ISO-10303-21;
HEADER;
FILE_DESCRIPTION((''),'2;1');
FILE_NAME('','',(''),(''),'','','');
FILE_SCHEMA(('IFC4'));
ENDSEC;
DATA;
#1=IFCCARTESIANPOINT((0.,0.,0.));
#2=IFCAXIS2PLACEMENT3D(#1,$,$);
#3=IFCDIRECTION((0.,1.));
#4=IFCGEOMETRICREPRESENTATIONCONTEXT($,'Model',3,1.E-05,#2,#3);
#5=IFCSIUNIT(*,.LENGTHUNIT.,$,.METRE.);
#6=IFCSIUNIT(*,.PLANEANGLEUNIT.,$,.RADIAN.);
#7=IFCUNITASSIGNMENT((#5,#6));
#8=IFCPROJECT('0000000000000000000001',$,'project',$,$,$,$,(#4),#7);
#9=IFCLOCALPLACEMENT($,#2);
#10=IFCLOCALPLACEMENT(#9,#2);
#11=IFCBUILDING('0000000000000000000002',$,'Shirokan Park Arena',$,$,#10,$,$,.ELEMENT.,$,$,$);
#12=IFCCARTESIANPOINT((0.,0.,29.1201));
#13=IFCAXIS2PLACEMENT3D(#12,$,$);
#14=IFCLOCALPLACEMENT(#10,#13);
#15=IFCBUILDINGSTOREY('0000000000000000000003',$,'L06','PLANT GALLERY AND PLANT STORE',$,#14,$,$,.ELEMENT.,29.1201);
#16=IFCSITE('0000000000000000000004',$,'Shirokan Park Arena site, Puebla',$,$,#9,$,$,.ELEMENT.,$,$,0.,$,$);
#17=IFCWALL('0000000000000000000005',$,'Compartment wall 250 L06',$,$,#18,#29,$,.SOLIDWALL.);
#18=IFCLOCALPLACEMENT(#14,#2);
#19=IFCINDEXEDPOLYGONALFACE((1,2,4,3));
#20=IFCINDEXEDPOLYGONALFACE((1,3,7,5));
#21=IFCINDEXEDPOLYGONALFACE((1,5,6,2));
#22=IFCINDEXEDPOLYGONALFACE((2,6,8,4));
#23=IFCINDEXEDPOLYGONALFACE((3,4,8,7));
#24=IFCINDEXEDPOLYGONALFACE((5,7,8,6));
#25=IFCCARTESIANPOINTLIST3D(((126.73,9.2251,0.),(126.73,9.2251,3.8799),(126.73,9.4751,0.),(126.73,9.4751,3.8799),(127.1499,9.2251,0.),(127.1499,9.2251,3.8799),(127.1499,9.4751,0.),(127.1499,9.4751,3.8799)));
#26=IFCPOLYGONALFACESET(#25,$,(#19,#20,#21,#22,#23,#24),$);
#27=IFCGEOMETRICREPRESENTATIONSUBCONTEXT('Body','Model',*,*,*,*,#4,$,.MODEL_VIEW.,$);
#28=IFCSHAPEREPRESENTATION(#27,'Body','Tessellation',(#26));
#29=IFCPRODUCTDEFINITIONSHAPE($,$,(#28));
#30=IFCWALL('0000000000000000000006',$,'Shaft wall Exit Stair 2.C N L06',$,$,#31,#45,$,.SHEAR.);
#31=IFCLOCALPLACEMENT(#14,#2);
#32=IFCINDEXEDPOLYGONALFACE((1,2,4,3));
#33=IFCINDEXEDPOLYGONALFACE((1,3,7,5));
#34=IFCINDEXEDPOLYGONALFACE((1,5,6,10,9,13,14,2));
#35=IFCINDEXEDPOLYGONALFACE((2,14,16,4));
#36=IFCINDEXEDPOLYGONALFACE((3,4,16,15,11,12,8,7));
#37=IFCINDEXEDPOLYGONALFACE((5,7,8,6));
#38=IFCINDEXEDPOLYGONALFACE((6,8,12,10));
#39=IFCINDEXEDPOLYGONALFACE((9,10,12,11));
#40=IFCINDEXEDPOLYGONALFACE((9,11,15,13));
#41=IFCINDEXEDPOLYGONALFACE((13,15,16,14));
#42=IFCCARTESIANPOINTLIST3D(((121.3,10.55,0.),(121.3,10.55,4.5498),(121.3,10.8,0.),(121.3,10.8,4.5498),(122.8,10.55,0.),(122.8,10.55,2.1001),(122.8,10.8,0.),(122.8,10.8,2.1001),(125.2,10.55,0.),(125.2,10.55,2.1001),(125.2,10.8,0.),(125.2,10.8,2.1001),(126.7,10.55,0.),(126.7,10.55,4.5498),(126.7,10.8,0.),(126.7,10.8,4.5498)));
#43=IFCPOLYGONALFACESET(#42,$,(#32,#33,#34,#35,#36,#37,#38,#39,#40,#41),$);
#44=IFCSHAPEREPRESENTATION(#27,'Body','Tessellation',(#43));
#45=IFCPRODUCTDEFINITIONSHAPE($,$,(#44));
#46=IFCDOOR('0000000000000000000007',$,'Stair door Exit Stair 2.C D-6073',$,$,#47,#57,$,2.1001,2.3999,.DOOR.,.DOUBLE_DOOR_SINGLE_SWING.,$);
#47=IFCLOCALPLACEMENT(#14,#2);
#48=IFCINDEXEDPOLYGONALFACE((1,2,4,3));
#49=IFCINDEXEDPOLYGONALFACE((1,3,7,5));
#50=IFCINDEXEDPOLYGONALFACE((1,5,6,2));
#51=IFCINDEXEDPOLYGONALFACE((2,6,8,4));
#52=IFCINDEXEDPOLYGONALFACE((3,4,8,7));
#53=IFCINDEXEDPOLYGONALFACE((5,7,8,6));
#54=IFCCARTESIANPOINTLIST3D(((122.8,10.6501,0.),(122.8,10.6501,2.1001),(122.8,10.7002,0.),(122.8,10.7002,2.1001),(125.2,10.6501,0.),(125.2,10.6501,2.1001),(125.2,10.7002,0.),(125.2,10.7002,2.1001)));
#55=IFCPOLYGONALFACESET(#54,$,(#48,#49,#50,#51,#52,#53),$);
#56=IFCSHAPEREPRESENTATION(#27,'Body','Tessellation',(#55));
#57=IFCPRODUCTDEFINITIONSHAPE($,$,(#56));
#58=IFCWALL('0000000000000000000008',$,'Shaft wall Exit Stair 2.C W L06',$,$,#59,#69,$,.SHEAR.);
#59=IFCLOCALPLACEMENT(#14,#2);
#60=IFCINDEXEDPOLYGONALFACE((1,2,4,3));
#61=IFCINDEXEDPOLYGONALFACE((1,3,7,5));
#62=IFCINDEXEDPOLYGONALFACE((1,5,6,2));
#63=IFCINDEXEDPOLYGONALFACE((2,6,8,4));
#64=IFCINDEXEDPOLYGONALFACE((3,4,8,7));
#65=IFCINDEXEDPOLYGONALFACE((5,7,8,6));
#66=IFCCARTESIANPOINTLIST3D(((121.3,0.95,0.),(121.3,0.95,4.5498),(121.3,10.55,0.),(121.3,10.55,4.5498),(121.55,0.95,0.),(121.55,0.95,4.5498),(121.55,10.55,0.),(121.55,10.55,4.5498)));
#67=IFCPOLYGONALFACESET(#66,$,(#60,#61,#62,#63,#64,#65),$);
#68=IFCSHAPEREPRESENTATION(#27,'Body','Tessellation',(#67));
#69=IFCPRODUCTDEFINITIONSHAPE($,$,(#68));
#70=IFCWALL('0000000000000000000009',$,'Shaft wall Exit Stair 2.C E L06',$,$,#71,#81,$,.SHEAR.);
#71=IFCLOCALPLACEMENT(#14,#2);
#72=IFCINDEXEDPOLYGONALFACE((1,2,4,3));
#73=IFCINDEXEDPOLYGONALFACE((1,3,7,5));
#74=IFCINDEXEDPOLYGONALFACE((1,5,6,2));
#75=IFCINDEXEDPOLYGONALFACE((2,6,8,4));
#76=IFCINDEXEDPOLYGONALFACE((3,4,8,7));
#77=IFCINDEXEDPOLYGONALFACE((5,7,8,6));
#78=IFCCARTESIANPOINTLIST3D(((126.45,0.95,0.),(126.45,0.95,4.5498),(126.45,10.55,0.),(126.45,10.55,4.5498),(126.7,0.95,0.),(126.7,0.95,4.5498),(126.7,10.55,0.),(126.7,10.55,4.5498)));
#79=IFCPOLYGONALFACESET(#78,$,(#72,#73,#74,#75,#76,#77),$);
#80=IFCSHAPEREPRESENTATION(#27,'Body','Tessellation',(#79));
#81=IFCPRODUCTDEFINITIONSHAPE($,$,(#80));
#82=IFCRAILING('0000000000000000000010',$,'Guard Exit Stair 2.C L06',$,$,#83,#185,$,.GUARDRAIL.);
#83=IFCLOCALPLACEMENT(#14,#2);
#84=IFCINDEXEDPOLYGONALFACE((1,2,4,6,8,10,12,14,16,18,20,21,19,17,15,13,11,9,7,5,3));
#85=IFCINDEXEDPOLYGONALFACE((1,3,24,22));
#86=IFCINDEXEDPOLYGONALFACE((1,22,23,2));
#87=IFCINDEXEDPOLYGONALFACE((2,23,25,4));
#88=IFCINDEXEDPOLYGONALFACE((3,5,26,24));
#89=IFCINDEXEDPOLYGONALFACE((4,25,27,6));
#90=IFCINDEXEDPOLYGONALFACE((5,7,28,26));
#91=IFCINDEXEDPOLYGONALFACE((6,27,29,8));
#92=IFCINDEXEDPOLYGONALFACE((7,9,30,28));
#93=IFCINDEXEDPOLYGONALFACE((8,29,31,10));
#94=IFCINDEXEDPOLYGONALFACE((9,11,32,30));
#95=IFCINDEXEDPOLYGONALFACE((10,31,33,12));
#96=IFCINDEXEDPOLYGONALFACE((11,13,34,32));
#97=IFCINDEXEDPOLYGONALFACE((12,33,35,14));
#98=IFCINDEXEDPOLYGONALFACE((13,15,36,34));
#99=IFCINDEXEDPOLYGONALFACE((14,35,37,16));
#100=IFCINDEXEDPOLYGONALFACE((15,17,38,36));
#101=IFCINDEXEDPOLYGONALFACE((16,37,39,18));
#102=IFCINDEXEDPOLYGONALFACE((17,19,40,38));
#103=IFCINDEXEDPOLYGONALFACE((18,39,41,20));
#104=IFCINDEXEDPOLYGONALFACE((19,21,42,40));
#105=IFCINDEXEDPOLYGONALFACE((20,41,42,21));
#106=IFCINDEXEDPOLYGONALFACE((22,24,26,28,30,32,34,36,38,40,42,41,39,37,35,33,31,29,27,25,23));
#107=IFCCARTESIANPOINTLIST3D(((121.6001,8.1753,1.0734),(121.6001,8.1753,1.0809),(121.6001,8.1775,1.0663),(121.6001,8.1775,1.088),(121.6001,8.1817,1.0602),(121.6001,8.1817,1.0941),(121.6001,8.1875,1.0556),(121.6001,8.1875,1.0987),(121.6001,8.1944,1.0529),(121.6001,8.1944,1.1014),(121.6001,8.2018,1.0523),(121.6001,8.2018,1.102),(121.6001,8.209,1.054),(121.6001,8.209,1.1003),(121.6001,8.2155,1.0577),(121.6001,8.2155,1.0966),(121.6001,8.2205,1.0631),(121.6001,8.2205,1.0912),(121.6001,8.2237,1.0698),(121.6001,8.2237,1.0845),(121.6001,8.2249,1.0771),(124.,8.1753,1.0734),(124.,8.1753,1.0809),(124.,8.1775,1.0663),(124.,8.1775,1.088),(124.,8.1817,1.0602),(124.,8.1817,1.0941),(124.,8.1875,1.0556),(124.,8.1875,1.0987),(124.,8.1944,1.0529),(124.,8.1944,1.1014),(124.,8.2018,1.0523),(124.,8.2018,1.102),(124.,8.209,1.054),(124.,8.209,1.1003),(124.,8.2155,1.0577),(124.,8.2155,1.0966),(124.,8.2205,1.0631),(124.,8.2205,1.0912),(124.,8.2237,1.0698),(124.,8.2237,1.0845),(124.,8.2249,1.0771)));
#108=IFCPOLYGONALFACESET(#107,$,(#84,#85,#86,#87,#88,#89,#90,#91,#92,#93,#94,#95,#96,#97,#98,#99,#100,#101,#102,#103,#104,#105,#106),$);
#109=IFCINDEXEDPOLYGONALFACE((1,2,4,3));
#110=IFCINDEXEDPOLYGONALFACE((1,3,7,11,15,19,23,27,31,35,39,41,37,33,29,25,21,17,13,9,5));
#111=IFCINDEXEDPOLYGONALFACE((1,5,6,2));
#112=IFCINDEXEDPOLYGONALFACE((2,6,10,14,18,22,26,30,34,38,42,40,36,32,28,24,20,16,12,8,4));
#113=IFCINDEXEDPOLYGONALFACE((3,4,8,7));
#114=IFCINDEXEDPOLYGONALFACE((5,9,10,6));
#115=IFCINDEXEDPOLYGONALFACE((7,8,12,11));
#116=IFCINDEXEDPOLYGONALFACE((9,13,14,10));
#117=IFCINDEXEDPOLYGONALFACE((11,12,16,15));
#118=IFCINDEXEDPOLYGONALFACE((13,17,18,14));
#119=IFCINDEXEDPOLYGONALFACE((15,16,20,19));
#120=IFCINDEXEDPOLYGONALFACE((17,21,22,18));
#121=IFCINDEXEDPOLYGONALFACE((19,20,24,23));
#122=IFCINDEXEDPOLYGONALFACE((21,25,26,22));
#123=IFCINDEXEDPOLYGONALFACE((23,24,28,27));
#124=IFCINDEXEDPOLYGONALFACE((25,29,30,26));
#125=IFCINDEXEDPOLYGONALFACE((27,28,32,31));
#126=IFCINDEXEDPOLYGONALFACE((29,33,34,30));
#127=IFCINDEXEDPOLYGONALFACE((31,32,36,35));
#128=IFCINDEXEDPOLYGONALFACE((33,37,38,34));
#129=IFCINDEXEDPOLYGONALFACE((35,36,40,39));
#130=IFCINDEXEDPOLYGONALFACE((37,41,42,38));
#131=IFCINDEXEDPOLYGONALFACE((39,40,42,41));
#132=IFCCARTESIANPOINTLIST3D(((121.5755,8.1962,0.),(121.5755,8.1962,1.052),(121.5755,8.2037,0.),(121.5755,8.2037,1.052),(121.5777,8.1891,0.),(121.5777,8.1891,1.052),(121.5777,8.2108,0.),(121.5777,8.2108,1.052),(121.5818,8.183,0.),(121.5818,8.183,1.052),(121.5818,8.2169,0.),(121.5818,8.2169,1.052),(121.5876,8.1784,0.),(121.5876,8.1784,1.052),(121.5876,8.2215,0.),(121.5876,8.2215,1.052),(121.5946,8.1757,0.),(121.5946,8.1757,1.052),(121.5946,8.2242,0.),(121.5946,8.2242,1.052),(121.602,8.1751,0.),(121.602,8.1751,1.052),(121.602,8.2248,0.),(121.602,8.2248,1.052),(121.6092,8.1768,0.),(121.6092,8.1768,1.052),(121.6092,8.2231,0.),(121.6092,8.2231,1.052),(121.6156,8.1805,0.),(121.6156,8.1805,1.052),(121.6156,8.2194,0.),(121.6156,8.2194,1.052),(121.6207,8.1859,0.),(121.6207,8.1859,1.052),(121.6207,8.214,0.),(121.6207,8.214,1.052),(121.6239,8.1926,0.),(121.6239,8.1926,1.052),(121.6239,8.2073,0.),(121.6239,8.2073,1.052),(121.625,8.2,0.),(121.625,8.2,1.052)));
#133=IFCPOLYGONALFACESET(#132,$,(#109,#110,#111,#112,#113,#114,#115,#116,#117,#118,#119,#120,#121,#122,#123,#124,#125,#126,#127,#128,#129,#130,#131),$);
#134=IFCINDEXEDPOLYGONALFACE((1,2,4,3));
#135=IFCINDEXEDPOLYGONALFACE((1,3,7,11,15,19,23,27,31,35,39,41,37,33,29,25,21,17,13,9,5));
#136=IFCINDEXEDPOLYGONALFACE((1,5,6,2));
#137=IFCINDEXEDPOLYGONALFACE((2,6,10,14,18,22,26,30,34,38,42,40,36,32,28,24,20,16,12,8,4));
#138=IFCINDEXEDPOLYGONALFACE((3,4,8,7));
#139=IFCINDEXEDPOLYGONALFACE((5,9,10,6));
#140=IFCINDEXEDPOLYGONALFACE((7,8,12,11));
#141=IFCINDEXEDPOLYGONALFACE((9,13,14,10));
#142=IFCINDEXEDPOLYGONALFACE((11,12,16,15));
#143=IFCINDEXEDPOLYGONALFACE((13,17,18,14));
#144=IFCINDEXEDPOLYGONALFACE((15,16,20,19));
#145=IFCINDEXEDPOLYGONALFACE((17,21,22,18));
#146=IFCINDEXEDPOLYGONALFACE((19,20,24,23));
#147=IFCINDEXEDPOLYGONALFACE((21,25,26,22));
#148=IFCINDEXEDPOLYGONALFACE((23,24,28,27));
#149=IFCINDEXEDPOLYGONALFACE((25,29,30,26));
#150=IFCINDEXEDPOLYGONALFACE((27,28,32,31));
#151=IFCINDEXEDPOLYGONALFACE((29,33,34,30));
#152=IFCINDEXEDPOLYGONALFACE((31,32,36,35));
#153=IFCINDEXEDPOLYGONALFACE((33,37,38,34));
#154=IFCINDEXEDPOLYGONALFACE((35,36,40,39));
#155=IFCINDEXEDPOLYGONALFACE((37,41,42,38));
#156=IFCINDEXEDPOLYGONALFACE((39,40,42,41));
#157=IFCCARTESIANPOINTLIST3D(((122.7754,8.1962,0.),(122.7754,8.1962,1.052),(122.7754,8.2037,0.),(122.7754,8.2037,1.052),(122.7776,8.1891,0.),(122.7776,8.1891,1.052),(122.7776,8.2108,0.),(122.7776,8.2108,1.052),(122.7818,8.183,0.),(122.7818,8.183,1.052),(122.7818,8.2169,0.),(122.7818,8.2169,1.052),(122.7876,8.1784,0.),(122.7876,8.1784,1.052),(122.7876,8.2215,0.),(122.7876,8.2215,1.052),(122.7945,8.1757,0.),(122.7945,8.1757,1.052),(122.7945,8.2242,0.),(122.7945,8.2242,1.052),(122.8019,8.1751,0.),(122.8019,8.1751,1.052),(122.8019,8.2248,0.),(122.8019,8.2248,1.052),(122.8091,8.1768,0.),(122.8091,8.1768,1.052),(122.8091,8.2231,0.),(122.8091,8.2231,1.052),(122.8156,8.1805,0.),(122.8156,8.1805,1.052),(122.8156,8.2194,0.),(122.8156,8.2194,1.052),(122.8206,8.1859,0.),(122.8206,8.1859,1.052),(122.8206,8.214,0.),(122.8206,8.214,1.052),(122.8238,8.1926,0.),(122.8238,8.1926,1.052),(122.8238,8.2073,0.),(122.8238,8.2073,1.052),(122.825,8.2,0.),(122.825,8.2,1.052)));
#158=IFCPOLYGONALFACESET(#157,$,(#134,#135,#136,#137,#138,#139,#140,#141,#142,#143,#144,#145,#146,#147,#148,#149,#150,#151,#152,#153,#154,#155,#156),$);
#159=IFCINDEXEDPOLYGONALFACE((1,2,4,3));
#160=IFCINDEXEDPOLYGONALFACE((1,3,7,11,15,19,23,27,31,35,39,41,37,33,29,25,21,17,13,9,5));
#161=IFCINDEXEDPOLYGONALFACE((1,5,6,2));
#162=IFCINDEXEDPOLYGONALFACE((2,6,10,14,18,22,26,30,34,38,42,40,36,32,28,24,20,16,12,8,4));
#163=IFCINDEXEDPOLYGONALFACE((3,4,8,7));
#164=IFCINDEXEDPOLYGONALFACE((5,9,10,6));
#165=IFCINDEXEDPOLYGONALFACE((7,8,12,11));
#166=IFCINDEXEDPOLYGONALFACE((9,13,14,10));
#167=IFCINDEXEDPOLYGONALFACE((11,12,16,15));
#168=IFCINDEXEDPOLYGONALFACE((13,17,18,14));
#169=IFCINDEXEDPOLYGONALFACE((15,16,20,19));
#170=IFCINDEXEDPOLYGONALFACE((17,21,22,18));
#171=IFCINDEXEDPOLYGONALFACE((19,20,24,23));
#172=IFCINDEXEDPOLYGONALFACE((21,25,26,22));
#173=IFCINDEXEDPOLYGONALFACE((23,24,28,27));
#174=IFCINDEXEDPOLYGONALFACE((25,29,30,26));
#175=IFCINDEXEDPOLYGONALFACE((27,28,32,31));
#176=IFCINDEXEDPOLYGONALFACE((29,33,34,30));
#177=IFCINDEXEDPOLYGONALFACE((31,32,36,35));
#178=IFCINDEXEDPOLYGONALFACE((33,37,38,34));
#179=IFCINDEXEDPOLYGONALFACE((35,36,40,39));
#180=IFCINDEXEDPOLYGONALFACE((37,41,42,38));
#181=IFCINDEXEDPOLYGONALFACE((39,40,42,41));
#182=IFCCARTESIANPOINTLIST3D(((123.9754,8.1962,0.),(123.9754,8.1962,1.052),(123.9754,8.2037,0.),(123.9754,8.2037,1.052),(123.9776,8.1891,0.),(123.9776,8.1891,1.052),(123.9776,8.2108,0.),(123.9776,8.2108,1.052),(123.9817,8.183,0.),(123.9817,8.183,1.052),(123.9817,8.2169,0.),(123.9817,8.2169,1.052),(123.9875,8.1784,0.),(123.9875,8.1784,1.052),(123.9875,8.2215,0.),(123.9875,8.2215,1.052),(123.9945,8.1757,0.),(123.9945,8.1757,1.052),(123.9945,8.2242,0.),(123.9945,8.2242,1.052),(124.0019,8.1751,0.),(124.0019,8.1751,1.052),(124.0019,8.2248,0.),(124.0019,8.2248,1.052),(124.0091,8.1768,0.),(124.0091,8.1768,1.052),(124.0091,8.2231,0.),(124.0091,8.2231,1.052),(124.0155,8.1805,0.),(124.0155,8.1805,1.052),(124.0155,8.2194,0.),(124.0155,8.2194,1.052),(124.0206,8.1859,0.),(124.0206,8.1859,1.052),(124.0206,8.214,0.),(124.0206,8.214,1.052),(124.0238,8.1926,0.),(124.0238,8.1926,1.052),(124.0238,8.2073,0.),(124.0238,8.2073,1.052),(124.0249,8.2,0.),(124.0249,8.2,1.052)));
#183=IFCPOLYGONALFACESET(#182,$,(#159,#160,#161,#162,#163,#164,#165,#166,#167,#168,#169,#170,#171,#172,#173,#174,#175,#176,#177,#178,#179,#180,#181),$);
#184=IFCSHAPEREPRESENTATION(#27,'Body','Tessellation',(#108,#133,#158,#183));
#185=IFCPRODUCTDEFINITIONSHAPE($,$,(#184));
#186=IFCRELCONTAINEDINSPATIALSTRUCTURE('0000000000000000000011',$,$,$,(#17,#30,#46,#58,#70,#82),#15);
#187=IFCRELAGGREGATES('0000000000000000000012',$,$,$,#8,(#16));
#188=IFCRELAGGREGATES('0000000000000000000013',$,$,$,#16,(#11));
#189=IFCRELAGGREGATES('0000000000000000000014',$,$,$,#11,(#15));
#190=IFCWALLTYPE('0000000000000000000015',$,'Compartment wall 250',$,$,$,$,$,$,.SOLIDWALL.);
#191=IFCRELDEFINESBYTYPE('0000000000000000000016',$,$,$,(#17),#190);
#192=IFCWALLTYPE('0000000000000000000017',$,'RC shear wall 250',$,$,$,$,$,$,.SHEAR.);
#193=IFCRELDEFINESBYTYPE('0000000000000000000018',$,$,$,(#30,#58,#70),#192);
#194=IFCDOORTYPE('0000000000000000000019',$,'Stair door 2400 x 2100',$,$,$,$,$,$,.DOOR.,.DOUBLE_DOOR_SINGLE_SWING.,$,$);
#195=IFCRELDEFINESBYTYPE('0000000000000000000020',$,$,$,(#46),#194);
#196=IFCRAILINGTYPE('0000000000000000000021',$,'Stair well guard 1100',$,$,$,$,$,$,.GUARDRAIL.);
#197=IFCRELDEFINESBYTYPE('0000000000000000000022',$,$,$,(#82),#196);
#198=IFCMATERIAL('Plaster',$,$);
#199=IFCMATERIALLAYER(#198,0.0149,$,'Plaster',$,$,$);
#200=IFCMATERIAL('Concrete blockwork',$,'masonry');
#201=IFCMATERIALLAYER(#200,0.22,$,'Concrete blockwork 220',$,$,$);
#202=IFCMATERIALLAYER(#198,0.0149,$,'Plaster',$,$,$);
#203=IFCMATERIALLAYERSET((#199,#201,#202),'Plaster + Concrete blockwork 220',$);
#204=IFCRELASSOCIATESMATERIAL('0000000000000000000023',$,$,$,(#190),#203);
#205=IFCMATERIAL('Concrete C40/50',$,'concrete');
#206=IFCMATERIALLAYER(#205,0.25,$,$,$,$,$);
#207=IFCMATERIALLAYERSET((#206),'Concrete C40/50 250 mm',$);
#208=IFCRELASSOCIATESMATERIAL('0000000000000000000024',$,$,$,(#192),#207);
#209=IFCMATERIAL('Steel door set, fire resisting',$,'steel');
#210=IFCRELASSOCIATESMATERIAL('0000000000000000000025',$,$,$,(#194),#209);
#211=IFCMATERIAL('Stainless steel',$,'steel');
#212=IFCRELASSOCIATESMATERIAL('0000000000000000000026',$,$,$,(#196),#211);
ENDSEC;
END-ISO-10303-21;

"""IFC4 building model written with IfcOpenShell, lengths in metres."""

from ifc_helpers import new_model, si_unit, direction, frame, frame_2d, origin, origin_2d, place, context, subcontext, project, spatial, rectangle, circle, extrude, material, layer, layer_set, type_object, element, fill, save


model = new_model("IFC4")

# Units and contexts
model_context = context("Model", 3, precision=1e-05, world=origin(), true_north=direction((0.0, 1.0)))
body_context = subcontext(model_context, "Body", "Model", "MODEL_VIEW")
ifc_project = project(units=[si_unit("LENGTHUNIT", "METRE"), si_unit("PLANEANGLEUNIT", "RADIAN")], contexts=[model_context])

# Site, building, storey
site_placement = place(None, origin())
site = spatial("IfcSite", under=ifc_project, at=site_placement, Name="Shirokan Park Arena site, Puebla", CompositionType="ELEMENT", RefElevation=0.0)
building_placement = place(site_placement, origin())
building = spatial("IfcBuilding", under=site, at=building_placement, Name="Shirokan Park Arena", CompositionType="ELEMENT")
storey_placement = place(building_placement, frame((0.0, 0.0, 29.1201)))
storey = spatial("IfcBuildingStorey", under=building, at=storey_placement, Name="L06", Description="PLANT GALLERY AND PLANT STORE", CompositionType="ELEMENT", Elevation=29.1201)

# Shared definitions
ifc_material_1 = material(Name="Plaster")
ifc_layer_1 = layer(ifc_material_1, 0.0149, Name="Plaster")
ifc_material_2 = material(Name="Concrete blockwork", Category="masonry")
ifc_layer_2 = layer(ifc_material_2, 0.22, Name="Concrete blockwork 220")
ifc_layer_3 = layer(ifc_material_1, 0.0149, Name="Plaster")
ifc_layer_set_1 = layer_set([ifc_layer_1, ifc_layer_2, ifc_layer_3], Name="Plaster + Concrete blockwork 220")
wall_type_1 = type_object("IfcWallType", Name="Compartment wall 250", PredefinedType="SOLIDWALL", material=ifc_layer_set_1)

# Wall
for number, where, z_axis, x_axis, name in (
    (1, (127.1499, 9.3501, 0.0), (0.0, 0.0, 1.0), (-1.0, 0.0, 0.0), "Compartment wall 250 L06"),
):
    element("IfcWall", number, at=place(storey_placement, frame(where, z_axis=z_axis, x_axis=x_axis)), inside=storey, type_object=wall_type_1, Name=name, PredefinedType="SOLIDWALL", context=body_context, shape_type="SweptSolid", body=[
        extrude(rectangle(XDim=0.4199, YDim=0.25, at=frame_2d((0.21, 0.0))), origin(), (0.0, 0.0, 1.0), 3.8799),
    ])

# Wall, opening, door
ifc_material_3 = material(Name="Concrete C40/50", Category="concrete")
ifc_layer_4 = layer(ifc_material_3, 0.25)
ifc_layer_set_2 = layer_set([ifc_layer_4], Name="Concrete C40/50 250 mm")
wall_type_2 = type_object("IfcWallType", Name="RC shear wall 250", PredefinedType="SHEAR", material=ifc_layer_set_2)
wall_1_placement = place(storey_placement, frame((126.7, 10.675, 0.0), z_axis=(0.0, 0.0, 1.0), x_axis=(-1.0, 0.0, 0.0)))
wall_1 = element("IfcWall", 2, at=wall_1_placement, inside=storey, type_object=wall_type_2, Name="Shaft wall Exit Stair 2.C N L06", PredefinedType="SHEAR", context=body_context, shape_type="SweptSolid", body=[
    extrude(rectangle(XDim=5.3999, YDim=0.25, at=frame_2d((2.7, 0.0))), origin(), (0.0, 0.0, 1.0), 4.5498),
])
opening_1_placement = place(wall_1_placement, frame((1.5, 0.0, 0.0)))
opening_1 = element("IfcOpeningElement", 3, at=opening_1_placement, cuts=wall_1, PredefinedType="OPENING", context=body_context, shape_type="SweptSolid", body=[
    extrude(rectangle(XDim=2.3999, YDim=2.1001, at=frame_2d((1.2, 1.05))), frame((0.0, 0.135, 0.0), z_axis=(0.0, -1.0, 0.0), x_axis=(1.0, 0.0, 0.0)), (0.0, 0.0, 1.0), 0.27),
])
ifc_material_4 = material(Name="Steel door set, fire resisting", Category="steel")
door_type_1 = type_object("IfcDoorType", Name="Stair door 2400 x 2100", OperationType="DOUBLE_DOOR_SINGLE_SWING", PredefinedType="DOOR", material=ifc_material_4)
door_1_placement = place(opening_1_placement, origin())
door_1 = element("IfcDoor", 4, at=door_1_placement, inside=storey, type_object=door_type_1, Name="Stair door Exit Stair 2.C D-6073", OperationType="DOUBLE_DOOR_SINGLE_SWING", OverallHeight=2.1001, OverallWidth=2.3999, PredefinedType="DOOR", context=body_context, shape_type="SweptSolid", body=[
    extrude(rectangle(XDim=2.3999, YDim=2.1001, at=frame_2d((1.2, 1.05))), frame((0.0, 0.0249, 0.0), z_axis=(0.0, -1.0, 0.0), x_axis=(1.0, 0.0, 0.0)), (0.0, 0.0, 1.0), 0.05),
])
fill(opening_1, door_1)

# Walls
for number, where, z_axis, x_axis, name in (
    (5, (121.425, 10.55, 0.0), (0.0, 0.0, 1.0), (0.0, -1.0, 0.0), "Shaft wall Exit Stair 2.C W L06"),
    (6, (126.575, 10.55, 0.0), (0.0, 0.0, 1.0), (0.0, -1.0, 0.0), "Shaft wall Exit Stair 2.C E L06"),
):
    element("IfcWall", number, at=place(storey_placement, frame(where, z_axis=z_axis, x_axis=x_axis)), inside=storey, type_object=wall_type_2, Name=name, PredefinedType="SHEAR", context=body_context, shape_type="SweptSolid", body=[
        extrude(rectangle(XDim=9.6001, YDim=0.25, at=frame_2d((4.8, 0.0))), origin(), (0.0, 0.0, 1.0), 4.5498),
    ])

# Railing
ifc_material_5 = material(Name="Stainless steel", Category="steel")
railing_type = type_object("IfcRailingType", Name="Stair well guard 1100", PredefinedType="GUARDRAIL", material=ifc_material_5)
railing_placement = place(storey_placement, frame((121.6001, 8.2, 0.0)))
element("IfcRailing", 7, at=railing_placement, inside=storey, type_object=railing_type, Name="Guard Exit Stair 2.C L06", PredefinedType="GUARDRAIL", context=body_context, shape_type="SweptSolid", body=[
    extrude(circle(Radius=0.0249, at=origin_2d()), frame((0.0, 0.0, 1.0771), z_axis=(1.0, 0.0, 0.0), x_axis=(0.0, 1.0, 0.0)), (0.0, 0.0, 1.0), 2.3999),
    extrude(circle(Radius=0.0249, at=origin_2d()), origin(), (0.0, 0.0, 1.0), 1.052),
    extrude(circle(Radius=0.0249, at=origin_2d()), frame((1.2, 0.0, 0.0)), (0.0, 0.0, 1.0), 1.052),
    extrude(circle(Radius=0.0249, at=origin_2d()), frame((2.3999, 0.0, 0.0)), (0.0, 0.0, 1.0), 1.052),
])

save(model, "model.ifc")
